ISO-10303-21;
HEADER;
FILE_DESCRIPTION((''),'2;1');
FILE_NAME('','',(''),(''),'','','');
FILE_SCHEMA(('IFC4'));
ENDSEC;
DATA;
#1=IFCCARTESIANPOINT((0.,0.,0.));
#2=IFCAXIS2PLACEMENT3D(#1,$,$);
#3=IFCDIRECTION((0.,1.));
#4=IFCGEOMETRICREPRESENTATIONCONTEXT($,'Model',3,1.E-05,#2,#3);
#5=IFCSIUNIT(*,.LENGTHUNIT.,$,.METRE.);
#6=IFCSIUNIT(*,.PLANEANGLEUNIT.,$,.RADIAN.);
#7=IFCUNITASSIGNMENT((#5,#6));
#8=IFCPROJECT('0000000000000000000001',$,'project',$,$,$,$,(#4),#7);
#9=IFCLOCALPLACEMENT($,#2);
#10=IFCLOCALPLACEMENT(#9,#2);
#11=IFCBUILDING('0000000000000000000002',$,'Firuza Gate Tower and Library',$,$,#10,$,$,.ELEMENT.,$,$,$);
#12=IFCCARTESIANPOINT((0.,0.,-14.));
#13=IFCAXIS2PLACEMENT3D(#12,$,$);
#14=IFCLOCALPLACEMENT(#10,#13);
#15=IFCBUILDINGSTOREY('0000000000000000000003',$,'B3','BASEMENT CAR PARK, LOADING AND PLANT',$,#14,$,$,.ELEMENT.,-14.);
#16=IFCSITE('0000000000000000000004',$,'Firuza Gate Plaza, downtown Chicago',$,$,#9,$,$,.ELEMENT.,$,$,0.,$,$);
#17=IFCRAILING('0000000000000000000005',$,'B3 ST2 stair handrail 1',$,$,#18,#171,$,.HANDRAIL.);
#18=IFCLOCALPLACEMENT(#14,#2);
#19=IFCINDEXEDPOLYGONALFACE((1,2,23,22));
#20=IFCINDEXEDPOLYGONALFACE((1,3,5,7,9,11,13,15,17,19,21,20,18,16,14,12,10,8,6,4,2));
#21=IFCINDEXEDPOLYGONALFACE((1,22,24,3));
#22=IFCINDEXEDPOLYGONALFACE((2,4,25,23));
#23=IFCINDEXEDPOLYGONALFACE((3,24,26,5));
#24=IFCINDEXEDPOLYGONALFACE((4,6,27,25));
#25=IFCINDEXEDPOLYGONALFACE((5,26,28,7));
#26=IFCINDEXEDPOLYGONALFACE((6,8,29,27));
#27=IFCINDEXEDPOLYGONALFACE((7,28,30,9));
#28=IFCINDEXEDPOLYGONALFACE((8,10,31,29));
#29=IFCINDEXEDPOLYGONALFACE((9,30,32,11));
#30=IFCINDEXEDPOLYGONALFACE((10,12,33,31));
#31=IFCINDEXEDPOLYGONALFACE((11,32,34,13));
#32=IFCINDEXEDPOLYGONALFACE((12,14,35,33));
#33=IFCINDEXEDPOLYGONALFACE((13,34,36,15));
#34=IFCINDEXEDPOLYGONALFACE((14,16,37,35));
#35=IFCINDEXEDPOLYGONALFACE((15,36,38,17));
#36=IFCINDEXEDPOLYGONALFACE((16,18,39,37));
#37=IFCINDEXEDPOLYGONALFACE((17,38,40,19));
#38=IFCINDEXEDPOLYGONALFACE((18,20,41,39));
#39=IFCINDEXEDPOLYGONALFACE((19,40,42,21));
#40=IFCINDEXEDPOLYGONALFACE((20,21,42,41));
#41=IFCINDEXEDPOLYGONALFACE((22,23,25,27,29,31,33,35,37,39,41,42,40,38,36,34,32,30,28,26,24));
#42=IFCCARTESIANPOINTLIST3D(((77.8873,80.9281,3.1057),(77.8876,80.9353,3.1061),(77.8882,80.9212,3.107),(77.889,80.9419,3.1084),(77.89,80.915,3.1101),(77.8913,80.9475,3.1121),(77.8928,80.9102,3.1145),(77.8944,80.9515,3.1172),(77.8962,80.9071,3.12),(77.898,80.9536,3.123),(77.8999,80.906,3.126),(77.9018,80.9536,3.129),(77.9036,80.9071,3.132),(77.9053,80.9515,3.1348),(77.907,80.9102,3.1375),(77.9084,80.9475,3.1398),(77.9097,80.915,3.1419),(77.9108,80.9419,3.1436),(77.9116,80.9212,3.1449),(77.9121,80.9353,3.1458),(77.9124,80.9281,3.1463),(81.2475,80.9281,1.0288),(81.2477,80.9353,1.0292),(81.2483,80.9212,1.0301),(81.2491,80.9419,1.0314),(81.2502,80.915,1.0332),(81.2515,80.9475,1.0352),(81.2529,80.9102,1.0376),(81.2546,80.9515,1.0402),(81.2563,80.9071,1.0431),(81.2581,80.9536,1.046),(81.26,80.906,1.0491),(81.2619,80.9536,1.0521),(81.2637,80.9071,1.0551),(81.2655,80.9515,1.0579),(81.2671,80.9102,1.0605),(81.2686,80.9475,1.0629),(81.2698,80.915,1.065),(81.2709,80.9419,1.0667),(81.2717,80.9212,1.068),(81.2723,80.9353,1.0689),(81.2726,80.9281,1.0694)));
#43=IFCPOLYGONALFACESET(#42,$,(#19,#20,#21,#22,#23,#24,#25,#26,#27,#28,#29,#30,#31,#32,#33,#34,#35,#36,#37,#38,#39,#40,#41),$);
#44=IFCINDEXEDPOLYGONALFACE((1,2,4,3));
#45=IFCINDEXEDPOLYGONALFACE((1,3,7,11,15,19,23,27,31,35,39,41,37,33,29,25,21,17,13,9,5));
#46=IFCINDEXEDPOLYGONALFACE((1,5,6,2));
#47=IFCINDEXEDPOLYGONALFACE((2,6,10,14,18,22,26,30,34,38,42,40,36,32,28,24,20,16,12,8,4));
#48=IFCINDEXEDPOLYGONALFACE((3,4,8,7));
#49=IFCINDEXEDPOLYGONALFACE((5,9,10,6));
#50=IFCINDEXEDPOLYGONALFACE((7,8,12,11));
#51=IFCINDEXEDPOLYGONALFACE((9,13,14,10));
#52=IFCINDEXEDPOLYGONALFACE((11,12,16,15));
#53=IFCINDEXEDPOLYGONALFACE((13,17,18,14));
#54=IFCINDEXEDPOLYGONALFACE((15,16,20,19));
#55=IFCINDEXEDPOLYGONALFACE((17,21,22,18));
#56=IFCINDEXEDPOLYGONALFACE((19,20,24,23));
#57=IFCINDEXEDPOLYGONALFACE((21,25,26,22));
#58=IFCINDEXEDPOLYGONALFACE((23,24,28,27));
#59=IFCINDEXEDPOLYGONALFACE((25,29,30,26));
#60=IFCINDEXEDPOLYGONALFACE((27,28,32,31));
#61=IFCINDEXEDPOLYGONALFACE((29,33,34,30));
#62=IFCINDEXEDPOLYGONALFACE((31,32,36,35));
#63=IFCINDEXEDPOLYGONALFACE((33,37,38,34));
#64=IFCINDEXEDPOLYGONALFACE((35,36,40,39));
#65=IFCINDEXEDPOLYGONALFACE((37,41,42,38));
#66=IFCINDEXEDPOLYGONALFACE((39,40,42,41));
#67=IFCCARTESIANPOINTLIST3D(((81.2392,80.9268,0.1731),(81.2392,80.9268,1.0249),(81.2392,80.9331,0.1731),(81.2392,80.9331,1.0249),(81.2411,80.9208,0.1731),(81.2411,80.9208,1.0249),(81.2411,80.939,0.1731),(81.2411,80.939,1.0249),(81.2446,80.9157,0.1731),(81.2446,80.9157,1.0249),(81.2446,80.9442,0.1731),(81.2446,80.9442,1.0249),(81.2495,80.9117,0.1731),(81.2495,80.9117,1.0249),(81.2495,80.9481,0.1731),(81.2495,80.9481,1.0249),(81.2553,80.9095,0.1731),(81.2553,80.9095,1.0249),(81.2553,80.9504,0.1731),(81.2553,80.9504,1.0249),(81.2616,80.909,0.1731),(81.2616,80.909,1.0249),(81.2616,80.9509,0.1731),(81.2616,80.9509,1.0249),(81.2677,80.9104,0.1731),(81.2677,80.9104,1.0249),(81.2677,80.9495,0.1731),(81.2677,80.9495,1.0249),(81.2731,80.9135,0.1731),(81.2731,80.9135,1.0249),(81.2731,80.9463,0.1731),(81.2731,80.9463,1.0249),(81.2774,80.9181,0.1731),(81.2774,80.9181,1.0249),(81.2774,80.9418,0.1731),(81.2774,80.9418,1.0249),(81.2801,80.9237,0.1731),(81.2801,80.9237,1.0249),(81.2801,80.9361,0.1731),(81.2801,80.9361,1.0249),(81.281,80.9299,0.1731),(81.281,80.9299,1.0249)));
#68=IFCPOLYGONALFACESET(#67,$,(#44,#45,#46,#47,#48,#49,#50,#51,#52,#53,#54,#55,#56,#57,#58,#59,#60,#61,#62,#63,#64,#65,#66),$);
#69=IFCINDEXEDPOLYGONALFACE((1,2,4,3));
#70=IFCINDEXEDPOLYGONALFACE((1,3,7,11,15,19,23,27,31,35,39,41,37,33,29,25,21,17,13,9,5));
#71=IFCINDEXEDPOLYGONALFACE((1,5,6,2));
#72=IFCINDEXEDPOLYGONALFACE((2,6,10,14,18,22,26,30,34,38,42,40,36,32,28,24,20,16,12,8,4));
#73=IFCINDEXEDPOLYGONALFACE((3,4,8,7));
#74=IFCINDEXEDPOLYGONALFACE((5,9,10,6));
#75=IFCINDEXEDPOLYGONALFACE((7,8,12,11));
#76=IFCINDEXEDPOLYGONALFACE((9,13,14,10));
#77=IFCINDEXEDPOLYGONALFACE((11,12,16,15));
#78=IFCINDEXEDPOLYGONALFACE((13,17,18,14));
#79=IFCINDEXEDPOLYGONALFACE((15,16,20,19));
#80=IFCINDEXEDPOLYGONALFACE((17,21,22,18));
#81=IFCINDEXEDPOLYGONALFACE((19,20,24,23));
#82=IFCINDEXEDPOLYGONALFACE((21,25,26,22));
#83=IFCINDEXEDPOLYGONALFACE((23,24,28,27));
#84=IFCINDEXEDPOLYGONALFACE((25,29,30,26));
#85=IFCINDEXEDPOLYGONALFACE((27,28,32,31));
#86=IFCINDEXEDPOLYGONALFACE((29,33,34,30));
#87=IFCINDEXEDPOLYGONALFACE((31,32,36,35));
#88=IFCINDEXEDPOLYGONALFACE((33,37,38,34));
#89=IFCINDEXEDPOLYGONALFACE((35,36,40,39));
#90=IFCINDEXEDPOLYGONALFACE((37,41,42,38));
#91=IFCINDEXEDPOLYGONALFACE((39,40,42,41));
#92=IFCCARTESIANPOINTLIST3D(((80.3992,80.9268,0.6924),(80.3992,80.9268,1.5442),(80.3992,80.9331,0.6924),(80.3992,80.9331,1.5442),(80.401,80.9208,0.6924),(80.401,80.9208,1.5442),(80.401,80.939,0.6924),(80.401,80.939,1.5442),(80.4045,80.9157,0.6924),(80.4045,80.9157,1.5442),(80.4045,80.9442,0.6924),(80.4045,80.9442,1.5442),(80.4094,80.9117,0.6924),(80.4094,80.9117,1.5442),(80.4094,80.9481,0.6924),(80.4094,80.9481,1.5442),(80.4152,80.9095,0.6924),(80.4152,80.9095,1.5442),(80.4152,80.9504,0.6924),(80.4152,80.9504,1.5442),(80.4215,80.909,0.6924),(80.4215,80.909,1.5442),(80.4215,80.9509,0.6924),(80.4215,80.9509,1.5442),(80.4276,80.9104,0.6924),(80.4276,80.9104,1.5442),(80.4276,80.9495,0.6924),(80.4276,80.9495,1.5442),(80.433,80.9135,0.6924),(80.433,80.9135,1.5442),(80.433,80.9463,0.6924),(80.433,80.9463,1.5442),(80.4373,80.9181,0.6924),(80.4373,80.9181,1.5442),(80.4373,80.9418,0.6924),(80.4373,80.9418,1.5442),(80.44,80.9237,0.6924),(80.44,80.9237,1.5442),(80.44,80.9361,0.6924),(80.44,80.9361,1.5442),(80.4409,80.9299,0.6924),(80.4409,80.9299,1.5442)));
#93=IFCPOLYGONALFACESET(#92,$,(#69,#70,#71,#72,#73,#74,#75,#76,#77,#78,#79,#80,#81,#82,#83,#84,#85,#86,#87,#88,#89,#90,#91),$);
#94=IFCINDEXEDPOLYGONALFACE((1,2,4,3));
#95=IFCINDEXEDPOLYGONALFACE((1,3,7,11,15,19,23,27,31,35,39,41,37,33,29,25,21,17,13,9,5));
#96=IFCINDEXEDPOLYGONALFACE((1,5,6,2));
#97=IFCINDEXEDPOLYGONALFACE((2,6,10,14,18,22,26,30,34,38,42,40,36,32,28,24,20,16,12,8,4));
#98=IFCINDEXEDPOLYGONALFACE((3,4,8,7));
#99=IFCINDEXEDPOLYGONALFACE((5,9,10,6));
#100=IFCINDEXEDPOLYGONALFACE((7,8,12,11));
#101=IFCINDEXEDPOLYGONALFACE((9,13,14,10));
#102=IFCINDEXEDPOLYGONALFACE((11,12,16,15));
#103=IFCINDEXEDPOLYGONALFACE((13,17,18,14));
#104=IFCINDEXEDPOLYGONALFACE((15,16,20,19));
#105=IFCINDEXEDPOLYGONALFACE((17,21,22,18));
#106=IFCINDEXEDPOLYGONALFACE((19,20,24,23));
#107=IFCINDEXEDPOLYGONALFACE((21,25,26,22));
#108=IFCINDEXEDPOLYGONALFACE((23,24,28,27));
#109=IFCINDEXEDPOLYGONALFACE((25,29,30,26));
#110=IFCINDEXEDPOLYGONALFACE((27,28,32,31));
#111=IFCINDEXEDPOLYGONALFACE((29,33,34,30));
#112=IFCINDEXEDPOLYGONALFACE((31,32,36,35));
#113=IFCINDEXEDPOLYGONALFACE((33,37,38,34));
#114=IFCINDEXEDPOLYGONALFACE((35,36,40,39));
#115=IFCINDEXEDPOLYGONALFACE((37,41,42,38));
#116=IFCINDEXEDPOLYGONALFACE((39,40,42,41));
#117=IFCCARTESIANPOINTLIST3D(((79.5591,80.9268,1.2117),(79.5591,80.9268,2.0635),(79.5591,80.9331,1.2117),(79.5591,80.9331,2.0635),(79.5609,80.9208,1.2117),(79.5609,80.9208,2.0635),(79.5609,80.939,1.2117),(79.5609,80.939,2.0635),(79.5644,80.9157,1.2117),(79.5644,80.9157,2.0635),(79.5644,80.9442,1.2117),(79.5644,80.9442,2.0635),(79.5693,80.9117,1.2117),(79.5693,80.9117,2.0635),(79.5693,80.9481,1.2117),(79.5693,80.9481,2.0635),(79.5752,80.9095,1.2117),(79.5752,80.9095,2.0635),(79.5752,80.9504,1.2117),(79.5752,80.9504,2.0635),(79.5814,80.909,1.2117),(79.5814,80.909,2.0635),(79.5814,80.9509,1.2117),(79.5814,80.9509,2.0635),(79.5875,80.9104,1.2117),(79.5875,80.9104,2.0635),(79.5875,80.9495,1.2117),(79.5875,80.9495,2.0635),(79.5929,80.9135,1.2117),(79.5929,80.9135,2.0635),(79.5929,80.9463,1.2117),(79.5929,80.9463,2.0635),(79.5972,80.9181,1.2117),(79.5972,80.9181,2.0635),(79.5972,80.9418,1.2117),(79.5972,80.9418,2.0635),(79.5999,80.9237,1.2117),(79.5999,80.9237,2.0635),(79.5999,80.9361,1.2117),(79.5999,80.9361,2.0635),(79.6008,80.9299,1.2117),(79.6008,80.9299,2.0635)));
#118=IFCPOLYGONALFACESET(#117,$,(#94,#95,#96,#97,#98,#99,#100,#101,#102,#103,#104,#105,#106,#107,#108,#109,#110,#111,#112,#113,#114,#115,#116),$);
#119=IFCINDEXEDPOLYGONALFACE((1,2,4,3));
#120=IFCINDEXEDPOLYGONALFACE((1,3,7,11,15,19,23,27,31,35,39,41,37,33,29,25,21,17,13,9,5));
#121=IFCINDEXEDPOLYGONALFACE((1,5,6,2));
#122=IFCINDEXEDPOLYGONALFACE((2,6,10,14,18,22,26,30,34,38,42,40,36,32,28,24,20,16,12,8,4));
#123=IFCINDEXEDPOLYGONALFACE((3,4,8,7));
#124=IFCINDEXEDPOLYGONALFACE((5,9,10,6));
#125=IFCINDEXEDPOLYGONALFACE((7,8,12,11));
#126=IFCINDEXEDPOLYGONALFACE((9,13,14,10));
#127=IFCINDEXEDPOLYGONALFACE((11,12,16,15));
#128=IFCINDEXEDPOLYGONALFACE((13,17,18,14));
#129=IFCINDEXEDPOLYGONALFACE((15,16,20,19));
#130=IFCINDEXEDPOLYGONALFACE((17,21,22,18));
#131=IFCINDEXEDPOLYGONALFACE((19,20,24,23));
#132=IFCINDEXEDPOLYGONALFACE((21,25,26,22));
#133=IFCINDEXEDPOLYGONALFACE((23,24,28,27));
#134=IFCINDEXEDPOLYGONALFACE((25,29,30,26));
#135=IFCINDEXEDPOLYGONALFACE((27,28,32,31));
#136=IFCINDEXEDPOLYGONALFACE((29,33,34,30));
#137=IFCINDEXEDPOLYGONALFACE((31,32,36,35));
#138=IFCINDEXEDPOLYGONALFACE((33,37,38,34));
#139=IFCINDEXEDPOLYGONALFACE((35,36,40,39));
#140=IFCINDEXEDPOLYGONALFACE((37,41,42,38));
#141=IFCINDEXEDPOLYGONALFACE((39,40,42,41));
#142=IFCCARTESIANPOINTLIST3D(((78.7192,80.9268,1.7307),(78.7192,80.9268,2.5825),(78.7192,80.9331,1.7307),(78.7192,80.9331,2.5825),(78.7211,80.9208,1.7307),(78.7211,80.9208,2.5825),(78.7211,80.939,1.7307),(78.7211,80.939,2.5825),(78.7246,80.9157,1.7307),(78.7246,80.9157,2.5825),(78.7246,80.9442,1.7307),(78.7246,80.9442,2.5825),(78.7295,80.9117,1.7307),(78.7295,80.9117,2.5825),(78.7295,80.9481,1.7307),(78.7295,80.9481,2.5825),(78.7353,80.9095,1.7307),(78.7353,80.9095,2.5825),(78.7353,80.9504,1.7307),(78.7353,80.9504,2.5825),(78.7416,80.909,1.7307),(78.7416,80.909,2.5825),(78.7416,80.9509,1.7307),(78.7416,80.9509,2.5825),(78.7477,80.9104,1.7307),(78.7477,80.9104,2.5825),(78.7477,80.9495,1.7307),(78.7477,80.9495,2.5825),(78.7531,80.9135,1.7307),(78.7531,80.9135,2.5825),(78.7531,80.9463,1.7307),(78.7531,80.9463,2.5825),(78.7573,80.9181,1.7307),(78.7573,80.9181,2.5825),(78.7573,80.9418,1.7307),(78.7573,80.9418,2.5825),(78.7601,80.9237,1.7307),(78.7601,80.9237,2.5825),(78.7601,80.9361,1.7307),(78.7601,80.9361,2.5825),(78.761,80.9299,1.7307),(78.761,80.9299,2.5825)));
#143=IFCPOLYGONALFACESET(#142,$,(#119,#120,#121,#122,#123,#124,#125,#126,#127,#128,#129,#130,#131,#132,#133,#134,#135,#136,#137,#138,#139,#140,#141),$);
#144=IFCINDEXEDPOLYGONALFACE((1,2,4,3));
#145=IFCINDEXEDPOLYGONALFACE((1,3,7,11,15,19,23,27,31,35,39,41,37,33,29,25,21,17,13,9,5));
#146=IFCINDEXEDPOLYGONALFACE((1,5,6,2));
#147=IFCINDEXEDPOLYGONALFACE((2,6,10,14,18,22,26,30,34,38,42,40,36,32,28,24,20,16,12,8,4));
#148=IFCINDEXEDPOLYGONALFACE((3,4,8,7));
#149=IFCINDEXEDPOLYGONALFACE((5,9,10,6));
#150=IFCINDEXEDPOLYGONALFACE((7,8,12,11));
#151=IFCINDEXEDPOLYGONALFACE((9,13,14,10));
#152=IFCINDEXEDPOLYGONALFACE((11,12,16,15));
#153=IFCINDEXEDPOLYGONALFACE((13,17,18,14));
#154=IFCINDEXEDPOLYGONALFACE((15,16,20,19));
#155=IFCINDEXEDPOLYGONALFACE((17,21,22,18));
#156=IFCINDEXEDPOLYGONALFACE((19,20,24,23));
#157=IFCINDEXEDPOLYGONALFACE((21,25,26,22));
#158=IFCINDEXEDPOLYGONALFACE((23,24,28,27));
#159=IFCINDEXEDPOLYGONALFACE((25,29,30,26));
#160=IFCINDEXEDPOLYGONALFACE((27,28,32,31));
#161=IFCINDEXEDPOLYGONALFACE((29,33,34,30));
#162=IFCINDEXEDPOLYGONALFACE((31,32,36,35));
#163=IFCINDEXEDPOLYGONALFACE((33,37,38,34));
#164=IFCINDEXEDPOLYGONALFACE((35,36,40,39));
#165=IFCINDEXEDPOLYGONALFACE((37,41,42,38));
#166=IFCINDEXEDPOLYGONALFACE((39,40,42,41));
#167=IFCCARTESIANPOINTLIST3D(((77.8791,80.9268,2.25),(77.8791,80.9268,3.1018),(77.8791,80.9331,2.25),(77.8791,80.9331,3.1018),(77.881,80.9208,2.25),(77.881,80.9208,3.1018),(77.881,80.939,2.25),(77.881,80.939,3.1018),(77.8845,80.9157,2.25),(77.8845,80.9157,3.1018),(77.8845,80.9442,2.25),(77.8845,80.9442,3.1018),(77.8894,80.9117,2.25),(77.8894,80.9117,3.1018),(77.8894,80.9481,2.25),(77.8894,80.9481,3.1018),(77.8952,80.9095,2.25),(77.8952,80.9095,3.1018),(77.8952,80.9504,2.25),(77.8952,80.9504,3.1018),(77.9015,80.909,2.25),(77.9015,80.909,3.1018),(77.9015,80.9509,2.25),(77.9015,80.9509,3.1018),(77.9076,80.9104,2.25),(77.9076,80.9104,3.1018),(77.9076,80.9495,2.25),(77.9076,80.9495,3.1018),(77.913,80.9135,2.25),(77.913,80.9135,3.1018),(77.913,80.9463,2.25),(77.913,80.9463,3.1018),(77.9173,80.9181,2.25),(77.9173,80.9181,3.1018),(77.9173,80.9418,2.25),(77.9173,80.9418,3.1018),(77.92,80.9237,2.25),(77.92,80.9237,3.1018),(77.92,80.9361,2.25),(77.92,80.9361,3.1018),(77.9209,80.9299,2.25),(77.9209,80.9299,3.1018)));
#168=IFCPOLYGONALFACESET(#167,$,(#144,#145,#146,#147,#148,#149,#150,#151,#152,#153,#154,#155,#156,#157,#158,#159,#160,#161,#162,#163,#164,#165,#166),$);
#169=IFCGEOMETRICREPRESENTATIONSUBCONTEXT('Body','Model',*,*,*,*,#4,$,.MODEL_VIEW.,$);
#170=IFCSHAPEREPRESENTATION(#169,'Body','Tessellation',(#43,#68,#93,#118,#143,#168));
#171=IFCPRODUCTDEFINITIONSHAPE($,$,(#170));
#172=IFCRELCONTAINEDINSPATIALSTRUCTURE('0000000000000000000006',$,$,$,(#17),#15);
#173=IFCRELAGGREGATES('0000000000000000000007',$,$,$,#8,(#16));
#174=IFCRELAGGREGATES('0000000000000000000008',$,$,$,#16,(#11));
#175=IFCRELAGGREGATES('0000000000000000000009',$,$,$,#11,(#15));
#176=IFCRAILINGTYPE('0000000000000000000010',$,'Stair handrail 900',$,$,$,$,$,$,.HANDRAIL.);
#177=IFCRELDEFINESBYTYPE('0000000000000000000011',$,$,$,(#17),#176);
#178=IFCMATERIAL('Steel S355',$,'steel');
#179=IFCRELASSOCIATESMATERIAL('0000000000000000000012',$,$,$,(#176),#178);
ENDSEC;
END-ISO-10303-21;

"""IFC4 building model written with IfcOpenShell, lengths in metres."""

from ifc_helpers import new_model, si_unit, direction, frame, origin, origin_2d, place, context, subcontext, project, spatial, circle, extrude, material, type_object, element, save


model = new_model("IFC4")

# Units and contexts
model_context = context("Model", 3, precision=1e-05, world=origin(), true_north=direction((0.0, 1.0)))
body_context = subcontext(model_context, "Body", "Model", "MODEL_VIEW")
ifc_project = project(units=[si_unit("LENGTHUNIT", "METRE"), si_unit("PLANEANGLEUNIT", "RADIAN")], contexts=[model_context])

# Site, building, storey
site_placement = place(None, origin())
site = spatial("IfcSite", under=ifc_project, at=site_placement, Name="Firuza Gate Plaza, downtown Chicago", CompositionType="ELEMENT", RefElevation=0.0)
building_placement = place(site_placement, origin())
building = spatial("IfcBuilding", under=site, at=building_placement, Name="Firuza Gate Tower and Library", CompositionType="ELEMENT")
storey_placement = place(building_placement, frame((0.0, 0.0, -14.0)))
storey = spatial("IfcBuildingStorey", under=building, at=storey_placement, Name="B3", Description="BASEMENT CAR PARK, LOADING AND PLANT", CompositionType="ELEMENT", Elevation=-14.0)

# Railing
ifc_material_1 = material(Name="Steel S355", Category="steel")
railing_type_1 = type_object("IfcRailingType", Name="Stair handrail 900", PredefinedType="HANDRAIL", material=ifc_material_1)
railing_1_placement = place(storey_placement, frame((81.26, 80.9299, 0.1731)))
element("IfcRailing", 1, at=railing_1_placement, inside=storey, type_object=railing_type_1, Name="B3 ST2 stair handrail 1", PredefinedType="HANDRAIL", context=body_context, shape_type="SweptSolid", body=[
    extrude(circle(Radius=0.0239, at=origin_2d()), frame((0.0, 0.0, 0.876), z_axis=(-0.850623, 0.0, 0.525776), x_axis=(0.0, -1.0, 0.0)), (0.0, 0.0, 1.0), 3.9502),
    extrude(circle(Radius=0.021, at=origin_2d()), origin(), (0.0, 0.0, 1.0), 0.8518),
    extrude(circle(Radius=0.021, at=origin_2d()), frame((-0.8401, 0.0, 0.5193)), (0.0, 0.0, 1.0), 0.8518),
    extrude(circle(Radius=0.021, at=origin_2d()), frame((-1.6802, 0.0, 1.0386)), (0.0, 0.0, 1.0), 0.8518),
    extrude(circle(Radius=0.021, at=origin_2d()), frame((-2.52, 0.0, 1.5576)), (0.0, 0.0, 1.0), 0.8518),
    extrude(circle(Radius=0.021, at=origin_2d()), frame((-3.3601, 0.0, 2.0769)), (0.0, 0.0, 1.0), 0.8518),
])

save(model, "model.ifc")
